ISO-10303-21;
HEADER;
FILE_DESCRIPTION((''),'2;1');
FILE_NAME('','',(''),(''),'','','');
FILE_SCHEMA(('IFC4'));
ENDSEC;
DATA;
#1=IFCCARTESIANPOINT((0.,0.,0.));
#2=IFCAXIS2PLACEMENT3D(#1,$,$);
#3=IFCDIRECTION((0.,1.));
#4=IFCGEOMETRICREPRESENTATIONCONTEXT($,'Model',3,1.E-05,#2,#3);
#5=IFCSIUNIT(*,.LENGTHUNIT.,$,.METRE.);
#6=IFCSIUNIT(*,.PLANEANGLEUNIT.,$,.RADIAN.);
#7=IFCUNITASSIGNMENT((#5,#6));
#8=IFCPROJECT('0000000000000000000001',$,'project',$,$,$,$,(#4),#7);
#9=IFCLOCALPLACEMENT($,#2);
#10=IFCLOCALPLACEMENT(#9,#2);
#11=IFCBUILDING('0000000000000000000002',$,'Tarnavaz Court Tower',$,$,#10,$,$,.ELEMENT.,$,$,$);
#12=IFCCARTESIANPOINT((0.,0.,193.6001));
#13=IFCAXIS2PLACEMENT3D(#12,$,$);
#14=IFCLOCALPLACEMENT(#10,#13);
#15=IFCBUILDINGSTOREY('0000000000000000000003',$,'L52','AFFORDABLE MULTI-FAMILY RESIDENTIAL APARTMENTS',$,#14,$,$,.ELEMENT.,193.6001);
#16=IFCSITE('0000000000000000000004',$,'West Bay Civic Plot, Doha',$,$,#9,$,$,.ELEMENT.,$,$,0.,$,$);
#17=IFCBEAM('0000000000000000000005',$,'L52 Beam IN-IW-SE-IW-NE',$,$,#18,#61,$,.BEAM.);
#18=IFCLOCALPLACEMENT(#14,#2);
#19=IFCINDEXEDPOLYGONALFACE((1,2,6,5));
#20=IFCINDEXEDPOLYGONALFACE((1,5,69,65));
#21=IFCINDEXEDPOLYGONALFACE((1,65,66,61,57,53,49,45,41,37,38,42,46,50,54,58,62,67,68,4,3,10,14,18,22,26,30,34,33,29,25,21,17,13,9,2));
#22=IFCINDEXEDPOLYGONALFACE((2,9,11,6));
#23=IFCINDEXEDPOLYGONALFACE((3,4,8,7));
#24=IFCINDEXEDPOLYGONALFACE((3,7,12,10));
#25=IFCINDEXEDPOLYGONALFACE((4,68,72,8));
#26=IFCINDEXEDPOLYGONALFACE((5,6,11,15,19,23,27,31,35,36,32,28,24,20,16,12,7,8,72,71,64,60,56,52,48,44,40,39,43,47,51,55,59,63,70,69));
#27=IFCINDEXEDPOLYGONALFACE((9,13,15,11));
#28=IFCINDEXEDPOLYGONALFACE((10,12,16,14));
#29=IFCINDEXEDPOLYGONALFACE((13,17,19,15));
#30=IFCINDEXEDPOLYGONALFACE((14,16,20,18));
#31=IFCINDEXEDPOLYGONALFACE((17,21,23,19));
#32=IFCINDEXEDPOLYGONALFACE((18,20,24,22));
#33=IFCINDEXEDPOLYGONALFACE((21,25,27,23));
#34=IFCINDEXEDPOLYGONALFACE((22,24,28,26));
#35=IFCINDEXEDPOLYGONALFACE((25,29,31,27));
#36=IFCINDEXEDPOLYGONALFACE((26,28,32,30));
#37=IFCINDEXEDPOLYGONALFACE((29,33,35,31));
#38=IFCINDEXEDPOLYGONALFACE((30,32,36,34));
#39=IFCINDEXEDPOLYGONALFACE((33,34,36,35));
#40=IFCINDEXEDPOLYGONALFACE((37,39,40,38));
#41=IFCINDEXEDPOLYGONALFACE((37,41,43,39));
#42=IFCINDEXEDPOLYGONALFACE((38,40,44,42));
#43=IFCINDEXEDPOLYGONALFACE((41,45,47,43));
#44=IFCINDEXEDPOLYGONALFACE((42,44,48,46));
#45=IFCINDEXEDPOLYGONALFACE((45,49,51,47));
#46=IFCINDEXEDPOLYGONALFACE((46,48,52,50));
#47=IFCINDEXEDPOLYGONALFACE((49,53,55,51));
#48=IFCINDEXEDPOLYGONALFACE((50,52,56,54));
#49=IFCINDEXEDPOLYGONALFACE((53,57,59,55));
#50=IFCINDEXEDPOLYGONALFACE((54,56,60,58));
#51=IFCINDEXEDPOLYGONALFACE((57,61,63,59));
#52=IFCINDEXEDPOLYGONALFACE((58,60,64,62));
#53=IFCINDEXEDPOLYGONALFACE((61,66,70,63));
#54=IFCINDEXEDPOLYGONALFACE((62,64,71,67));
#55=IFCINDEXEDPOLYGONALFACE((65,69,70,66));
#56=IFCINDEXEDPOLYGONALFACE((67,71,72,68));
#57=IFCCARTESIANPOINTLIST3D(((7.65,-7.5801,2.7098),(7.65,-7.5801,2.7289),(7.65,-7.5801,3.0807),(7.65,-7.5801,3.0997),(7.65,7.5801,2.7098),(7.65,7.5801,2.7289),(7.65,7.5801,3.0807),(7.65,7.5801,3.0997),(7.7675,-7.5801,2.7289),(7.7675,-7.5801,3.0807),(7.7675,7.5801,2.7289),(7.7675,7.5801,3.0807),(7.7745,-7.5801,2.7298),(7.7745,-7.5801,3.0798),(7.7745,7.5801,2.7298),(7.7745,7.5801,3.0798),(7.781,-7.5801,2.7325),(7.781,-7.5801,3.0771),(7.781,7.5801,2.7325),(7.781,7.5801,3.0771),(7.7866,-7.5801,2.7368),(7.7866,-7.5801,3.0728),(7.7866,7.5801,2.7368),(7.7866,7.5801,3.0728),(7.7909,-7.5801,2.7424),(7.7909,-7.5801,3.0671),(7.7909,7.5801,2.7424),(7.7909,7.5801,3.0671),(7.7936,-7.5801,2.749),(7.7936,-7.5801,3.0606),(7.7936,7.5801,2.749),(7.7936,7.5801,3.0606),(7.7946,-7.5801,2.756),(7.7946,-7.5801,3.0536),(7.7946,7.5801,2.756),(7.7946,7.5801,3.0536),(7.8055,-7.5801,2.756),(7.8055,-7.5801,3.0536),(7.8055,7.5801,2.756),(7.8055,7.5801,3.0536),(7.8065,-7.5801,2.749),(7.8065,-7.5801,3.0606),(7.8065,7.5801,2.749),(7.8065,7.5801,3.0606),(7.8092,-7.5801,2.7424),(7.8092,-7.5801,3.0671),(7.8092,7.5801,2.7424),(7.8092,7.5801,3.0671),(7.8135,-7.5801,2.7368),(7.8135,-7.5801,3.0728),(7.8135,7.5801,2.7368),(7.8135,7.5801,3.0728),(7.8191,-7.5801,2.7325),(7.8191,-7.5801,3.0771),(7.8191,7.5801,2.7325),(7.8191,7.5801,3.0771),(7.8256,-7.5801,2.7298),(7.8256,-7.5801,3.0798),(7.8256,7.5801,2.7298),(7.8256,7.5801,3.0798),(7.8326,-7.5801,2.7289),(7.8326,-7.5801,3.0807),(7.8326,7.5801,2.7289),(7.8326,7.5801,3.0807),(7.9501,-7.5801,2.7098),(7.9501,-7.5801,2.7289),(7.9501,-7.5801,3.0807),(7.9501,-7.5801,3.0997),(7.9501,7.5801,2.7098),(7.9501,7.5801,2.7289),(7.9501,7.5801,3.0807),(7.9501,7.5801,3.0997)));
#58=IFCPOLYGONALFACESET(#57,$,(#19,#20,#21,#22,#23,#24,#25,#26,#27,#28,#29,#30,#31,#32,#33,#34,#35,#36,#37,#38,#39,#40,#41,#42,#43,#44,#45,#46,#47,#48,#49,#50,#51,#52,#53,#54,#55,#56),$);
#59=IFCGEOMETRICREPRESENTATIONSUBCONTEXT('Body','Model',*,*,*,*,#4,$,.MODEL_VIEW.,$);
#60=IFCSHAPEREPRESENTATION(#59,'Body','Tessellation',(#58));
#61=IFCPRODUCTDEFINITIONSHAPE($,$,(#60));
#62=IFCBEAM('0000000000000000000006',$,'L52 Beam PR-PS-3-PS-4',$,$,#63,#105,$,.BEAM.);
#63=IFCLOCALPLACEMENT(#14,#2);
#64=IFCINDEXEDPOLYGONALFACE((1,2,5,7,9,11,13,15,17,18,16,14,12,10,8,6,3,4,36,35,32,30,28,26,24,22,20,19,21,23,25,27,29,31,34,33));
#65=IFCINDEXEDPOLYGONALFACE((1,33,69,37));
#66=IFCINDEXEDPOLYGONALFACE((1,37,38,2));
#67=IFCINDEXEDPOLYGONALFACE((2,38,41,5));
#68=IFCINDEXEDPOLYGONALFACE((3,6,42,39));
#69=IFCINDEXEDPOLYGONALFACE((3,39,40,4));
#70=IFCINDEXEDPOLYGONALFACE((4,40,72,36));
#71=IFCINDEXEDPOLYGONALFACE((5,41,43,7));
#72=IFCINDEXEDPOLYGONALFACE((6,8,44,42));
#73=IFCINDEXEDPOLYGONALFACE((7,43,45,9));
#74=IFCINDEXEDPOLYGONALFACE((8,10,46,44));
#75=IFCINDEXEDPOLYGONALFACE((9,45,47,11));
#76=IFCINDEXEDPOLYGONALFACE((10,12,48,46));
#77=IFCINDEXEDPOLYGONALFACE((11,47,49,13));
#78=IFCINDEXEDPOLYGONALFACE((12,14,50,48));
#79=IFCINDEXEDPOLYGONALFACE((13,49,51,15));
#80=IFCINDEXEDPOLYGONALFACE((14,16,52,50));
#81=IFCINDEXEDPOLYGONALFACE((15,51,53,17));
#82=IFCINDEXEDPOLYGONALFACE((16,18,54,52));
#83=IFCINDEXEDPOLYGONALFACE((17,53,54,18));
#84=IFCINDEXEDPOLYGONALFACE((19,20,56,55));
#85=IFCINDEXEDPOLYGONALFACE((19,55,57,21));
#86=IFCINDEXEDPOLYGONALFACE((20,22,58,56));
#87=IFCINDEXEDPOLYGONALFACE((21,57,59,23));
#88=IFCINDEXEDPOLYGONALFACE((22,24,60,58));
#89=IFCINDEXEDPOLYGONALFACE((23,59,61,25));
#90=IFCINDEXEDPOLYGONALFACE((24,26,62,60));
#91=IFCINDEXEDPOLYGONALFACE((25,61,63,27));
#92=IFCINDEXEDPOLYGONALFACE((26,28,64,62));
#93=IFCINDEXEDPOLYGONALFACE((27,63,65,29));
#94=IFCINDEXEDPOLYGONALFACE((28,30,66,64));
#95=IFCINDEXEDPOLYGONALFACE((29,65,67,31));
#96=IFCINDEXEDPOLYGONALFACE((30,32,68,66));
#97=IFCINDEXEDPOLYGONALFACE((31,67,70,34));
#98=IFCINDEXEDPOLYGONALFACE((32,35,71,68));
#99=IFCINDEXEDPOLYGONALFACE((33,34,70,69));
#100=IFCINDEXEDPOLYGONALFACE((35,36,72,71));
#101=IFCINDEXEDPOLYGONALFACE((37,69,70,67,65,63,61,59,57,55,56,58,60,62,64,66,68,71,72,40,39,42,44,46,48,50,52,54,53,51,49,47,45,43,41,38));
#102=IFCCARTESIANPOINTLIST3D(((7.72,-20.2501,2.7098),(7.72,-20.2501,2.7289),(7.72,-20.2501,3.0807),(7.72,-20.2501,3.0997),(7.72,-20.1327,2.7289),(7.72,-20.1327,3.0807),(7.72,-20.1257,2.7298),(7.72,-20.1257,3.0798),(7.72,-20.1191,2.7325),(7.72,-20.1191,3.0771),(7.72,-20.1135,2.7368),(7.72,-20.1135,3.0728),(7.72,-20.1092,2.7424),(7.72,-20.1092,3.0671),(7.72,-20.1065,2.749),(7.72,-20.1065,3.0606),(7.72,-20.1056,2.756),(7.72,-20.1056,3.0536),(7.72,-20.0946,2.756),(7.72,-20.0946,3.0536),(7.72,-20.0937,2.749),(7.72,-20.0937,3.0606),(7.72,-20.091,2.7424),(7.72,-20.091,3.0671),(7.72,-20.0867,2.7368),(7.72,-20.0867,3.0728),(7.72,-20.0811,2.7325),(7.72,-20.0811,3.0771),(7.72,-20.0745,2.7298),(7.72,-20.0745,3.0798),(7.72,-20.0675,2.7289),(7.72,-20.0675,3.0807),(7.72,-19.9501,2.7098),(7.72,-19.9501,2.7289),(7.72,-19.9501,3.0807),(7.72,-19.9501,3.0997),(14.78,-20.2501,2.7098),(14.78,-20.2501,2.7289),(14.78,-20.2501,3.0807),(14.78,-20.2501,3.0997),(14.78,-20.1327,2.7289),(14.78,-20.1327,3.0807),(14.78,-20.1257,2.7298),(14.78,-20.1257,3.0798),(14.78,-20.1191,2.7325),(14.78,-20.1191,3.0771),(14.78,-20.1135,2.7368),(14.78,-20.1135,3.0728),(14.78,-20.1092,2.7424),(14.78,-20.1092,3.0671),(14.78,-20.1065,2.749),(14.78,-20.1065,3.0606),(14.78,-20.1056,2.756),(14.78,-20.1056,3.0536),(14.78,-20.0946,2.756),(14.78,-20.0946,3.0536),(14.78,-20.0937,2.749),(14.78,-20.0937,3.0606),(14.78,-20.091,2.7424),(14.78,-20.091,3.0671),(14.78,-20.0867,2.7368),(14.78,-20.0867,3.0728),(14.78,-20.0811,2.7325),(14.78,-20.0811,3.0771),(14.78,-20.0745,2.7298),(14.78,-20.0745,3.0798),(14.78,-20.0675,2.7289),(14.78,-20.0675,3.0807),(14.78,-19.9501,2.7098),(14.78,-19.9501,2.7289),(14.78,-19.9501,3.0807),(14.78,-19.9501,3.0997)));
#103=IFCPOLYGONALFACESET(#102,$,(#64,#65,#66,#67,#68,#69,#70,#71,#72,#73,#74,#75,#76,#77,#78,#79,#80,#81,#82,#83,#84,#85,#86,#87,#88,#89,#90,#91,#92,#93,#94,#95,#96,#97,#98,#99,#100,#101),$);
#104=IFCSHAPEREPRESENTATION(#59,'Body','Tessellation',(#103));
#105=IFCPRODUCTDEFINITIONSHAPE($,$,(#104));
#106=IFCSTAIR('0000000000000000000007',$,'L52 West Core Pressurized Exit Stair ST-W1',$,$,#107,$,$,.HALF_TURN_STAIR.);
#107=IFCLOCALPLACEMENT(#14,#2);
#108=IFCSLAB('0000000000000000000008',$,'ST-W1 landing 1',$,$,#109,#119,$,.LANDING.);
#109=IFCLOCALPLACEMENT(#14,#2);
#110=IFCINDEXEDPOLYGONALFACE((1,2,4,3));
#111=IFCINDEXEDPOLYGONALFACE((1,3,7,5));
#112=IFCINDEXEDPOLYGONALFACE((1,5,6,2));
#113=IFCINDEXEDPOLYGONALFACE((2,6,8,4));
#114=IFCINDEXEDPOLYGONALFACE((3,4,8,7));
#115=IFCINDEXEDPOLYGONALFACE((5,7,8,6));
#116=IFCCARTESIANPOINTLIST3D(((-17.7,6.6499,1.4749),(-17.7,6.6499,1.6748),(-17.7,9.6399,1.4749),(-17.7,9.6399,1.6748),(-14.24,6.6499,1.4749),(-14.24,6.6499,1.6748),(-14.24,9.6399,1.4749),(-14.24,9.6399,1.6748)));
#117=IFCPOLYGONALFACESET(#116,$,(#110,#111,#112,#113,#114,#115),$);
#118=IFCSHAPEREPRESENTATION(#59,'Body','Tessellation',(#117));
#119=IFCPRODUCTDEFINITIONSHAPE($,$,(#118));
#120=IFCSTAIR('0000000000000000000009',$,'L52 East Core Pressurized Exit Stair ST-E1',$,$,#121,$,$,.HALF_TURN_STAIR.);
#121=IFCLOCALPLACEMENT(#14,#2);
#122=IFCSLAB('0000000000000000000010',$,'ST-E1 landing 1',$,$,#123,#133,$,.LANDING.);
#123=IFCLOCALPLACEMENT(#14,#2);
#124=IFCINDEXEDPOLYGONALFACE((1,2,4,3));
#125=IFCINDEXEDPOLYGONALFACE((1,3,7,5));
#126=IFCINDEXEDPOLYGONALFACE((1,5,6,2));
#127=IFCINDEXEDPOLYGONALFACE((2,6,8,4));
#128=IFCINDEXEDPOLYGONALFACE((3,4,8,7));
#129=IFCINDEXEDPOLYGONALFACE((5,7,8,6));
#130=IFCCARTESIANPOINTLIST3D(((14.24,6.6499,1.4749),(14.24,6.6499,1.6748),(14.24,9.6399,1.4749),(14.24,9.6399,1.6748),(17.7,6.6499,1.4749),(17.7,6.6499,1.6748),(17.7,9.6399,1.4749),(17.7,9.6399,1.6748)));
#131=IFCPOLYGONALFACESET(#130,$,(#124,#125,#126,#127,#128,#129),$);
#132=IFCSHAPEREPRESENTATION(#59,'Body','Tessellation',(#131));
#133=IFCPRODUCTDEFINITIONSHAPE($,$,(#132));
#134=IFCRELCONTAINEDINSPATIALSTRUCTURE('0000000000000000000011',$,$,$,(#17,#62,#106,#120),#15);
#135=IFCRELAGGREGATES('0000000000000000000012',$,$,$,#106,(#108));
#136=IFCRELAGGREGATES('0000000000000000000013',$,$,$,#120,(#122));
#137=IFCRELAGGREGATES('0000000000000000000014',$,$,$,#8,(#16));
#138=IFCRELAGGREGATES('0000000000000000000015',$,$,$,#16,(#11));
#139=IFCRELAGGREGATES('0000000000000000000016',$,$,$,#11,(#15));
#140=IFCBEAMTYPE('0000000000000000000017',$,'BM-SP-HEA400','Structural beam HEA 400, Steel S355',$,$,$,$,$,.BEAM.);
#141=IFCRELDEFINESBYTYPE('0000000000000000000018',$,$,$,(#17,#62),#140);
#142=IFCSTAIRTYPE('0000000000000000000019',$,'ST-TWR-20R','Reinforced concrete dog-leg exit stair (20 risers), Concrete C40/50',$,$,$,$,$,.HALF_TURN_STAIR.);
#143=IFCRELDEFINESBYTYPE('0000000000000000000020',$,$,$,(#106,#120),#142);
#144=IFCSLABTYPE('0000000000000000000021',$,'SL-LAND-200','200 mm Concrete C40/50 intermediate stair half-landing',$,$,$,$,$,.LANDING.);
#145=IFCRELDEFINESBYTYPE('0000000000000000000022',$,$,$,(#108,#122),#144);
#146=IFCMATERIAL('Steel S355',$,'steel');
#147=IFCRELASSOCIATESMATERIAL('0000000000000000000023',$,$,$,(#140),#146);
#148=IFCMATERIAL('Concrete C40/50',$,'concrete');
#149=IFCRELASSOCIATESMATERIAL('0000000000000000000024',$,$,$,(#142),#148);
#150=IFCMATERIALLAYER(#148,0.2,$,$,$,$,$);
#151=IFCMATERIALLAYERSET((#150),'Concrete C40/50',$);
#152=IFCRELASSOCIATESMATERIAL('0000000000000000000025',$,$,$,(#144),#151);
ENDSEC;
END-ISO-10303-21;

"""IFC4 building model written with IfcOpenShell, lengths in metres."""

from ifc_helpers import new_model, si_unit, direction, frame, origin, origin_2d, place, context, subcontext, project, spatial, polyline, i_section, outline, extrude, material, layer, layer_set, material_profile, profile_set, type_object, element, aggregate, save


model = new_model("IFC4")

# Units and contexts
model_context = context("Model", 3, precision=1e-05, world=origin(), true_north=direction((0.0, 1.0)))
body_context = subcontext(model_context, "Body", "Model", "MODEL_VIEW")
ifc_project = project(units=[si_unit("LENGTHUNIT", "METRE"), si_unit("PLANEANGLEUNIT", "RADIAN")], contexts=[model_context])

# Site, building, storey
site_placement = place(None, origin())
site = spatial("IfcSite", under=ifc_project, at=site_placement, Name="West Bay Civic Plot, Doha", CompositionType="ELEMENT", RefElevation=0.0)
building_placement = place(site_placement, origin())
building = spatial("IfcBuilding", under=site, at=building_placement, Name="Tarnavaz Court Tower", CompositionType="ELEMENT")
storey_placement = place(building_placement, frame((0.0, 0.0, 193.6001)))
storey = spatial("IfcBuildingStorey", under=building, at=storey_placement, Name="L52", Description="AFFORDABLE MULTI-FAMILY RESIDENTIAL APARTMENTS", CompositionType="ELEMENT", Elevation=193.6001)

# Beams
ifc_material_1 = material(Name="Steel S355", Category="steel")
ifc_material_profile_1 = material_profile(ifc_material_1, i_section(OverallWidth=0.3, OverallDepth=0.3899, WebThickness=0.011, FlangeThickness=0.019, FilletRadius=0.0271, at=origin_2d()), Name="HEA 400")
ifc_profile_set_1 = profile_set([ifc_material_profile_1], Name="Steel S355")
beam_type_1 = type_object("IfcBeamType", Name="BM-SP-HEA400", Description="Structural beam HEA 400, Steel S355", PredefinedType="BEAM", material=ifc_profile_set_1)
beam_1_placement = place(storey_placement, frame((7.8, -7.5801, 2.9048), z_axis=(0.0, 1.0, 0.0), x_axis=(-1.0, 0.0, 0.0)))
element("IfcBeam", 1, at=beam_1_placement, inside=storey, type_object=beam_type_1, Name="L52 Beam IN-IW-SE-IW-NE", PredefinedType="BEAM", context=body_context, shape_type="SweptSolid", body=[
    extrude(i_section(OverallWidth=0.3, OverallDepth=0.3899, WebThickness=0.011, FlangeThickness=0.019, FilletRadius=0.0271, at=origin_2d()), origin(), (0.0, 0.0, 1.0), 15.1602),
])
beam_2_placement = place(storey_placement, frame((7.72, -20.1001, 2.9048), z_axis=(1.0, 0.0, 0.0), x_axis=(0.0, 1.0, 0.0)))
element("IfcBeam", 2, at=beam_2_placement, inside=storey, type_object=beam_type_1, Name="L52 Beam PR-PS-3-PS-4", PredefinedType="BEAM", context=body_context, shape_type="SweptSolid", body=[
    extrude(i_section(OverallWidth=0.3, OverallDepth=0.3899, WebThickness=0.011, FlangeThickness=0.019, FilletRadius=0.0271, at=origin_2d()), origin(), (0.0, 0.0, 1.0), 7.0601),
])

# Stairs, slabs
ifc_material_2 = material(Name="Concrete C40/50", Category="concrete")
stair_type = type_object("IfcStairType", Name="ST-TWR-20R", Description="Reinforced concrete dog-leg exit stair (20 risers), Concrete C40/50", PredefinedType="HALF_TURN_STAIR", material=ifc_material_2)
stair_1_placement = place(storey_placement, origin())
stair_1 = element("IfcStair", 3, at=stair_1_placement, inside=storey, type_object=stair_type, Name="L52 West Core Pressurized Exit Stair ST-W1", PredefinedType="HALF_TURN_STAIR")
ifc_layer_1 = layer(ifc_material_2, 0.2)
ifc_layer_set_1 = layer_set([ifc_layer_1], Name="Concrete C40/50")
slab_type_1 = type_object("IfcSlabType", Name="SL-LAND-200", Description="200 mm Concrete C40/50 intermediate stair half-landing", PredefinedType="LANDING", material=ifc_layer_set_1)
slab_1_placement = place(storey_placement, frame((0.0, 0.0, 1.4749)))
slab_1 = element("IfcSlab", 4, at=slab_1_placement, type_object=slab_type_1, Name="ST-W1 landing 1", PredefinedType="LANDING", context=body_context, shape_type="SweptSolid", body=[
    extrude(outline(polyline([(-14.24, 9.6399), (-17.7, 9.6399), (-17.7, 6.6499), (-14.24, 6.6499), (-14.24, 9.6399)])), origin(), (0.0, 0.0, 1.0), 0.2),
])
aggregate(stair_1, [slab_1])
stair_2_placement = place(storey_placement, origin())
stair_2 = element("IfcStair", 5, at=stair_2_placement, inside=storey, type_object=stair_type, Name="L52 East Core Pressurized Exit Stair ST-E1", PredefinedType="HALF_TURN_STAIR")
slab_2_placement = place(storey_placement, frame((0.0, 0.0, 1.4749)))
slab_2 = element("IfcSlab", 6, at=slab_2_placement, type_object=slab_type_1, Name="ST-E1 landing 1", PredefinedType="LANDING", context=body_context, shape_type="SweptSolid", body=[
    extrude(outline(polyline([(14.24, 6.6499), (17.7, 6.6499), (17.7, 9.6399), (14.24, 9.6399), (14.24, 6.6499)])), origin(), (0.0, 0.0, 1.0), 0.2),
])
aggregate(stair_2, [slab_2])

save(model, "model.ifc")
